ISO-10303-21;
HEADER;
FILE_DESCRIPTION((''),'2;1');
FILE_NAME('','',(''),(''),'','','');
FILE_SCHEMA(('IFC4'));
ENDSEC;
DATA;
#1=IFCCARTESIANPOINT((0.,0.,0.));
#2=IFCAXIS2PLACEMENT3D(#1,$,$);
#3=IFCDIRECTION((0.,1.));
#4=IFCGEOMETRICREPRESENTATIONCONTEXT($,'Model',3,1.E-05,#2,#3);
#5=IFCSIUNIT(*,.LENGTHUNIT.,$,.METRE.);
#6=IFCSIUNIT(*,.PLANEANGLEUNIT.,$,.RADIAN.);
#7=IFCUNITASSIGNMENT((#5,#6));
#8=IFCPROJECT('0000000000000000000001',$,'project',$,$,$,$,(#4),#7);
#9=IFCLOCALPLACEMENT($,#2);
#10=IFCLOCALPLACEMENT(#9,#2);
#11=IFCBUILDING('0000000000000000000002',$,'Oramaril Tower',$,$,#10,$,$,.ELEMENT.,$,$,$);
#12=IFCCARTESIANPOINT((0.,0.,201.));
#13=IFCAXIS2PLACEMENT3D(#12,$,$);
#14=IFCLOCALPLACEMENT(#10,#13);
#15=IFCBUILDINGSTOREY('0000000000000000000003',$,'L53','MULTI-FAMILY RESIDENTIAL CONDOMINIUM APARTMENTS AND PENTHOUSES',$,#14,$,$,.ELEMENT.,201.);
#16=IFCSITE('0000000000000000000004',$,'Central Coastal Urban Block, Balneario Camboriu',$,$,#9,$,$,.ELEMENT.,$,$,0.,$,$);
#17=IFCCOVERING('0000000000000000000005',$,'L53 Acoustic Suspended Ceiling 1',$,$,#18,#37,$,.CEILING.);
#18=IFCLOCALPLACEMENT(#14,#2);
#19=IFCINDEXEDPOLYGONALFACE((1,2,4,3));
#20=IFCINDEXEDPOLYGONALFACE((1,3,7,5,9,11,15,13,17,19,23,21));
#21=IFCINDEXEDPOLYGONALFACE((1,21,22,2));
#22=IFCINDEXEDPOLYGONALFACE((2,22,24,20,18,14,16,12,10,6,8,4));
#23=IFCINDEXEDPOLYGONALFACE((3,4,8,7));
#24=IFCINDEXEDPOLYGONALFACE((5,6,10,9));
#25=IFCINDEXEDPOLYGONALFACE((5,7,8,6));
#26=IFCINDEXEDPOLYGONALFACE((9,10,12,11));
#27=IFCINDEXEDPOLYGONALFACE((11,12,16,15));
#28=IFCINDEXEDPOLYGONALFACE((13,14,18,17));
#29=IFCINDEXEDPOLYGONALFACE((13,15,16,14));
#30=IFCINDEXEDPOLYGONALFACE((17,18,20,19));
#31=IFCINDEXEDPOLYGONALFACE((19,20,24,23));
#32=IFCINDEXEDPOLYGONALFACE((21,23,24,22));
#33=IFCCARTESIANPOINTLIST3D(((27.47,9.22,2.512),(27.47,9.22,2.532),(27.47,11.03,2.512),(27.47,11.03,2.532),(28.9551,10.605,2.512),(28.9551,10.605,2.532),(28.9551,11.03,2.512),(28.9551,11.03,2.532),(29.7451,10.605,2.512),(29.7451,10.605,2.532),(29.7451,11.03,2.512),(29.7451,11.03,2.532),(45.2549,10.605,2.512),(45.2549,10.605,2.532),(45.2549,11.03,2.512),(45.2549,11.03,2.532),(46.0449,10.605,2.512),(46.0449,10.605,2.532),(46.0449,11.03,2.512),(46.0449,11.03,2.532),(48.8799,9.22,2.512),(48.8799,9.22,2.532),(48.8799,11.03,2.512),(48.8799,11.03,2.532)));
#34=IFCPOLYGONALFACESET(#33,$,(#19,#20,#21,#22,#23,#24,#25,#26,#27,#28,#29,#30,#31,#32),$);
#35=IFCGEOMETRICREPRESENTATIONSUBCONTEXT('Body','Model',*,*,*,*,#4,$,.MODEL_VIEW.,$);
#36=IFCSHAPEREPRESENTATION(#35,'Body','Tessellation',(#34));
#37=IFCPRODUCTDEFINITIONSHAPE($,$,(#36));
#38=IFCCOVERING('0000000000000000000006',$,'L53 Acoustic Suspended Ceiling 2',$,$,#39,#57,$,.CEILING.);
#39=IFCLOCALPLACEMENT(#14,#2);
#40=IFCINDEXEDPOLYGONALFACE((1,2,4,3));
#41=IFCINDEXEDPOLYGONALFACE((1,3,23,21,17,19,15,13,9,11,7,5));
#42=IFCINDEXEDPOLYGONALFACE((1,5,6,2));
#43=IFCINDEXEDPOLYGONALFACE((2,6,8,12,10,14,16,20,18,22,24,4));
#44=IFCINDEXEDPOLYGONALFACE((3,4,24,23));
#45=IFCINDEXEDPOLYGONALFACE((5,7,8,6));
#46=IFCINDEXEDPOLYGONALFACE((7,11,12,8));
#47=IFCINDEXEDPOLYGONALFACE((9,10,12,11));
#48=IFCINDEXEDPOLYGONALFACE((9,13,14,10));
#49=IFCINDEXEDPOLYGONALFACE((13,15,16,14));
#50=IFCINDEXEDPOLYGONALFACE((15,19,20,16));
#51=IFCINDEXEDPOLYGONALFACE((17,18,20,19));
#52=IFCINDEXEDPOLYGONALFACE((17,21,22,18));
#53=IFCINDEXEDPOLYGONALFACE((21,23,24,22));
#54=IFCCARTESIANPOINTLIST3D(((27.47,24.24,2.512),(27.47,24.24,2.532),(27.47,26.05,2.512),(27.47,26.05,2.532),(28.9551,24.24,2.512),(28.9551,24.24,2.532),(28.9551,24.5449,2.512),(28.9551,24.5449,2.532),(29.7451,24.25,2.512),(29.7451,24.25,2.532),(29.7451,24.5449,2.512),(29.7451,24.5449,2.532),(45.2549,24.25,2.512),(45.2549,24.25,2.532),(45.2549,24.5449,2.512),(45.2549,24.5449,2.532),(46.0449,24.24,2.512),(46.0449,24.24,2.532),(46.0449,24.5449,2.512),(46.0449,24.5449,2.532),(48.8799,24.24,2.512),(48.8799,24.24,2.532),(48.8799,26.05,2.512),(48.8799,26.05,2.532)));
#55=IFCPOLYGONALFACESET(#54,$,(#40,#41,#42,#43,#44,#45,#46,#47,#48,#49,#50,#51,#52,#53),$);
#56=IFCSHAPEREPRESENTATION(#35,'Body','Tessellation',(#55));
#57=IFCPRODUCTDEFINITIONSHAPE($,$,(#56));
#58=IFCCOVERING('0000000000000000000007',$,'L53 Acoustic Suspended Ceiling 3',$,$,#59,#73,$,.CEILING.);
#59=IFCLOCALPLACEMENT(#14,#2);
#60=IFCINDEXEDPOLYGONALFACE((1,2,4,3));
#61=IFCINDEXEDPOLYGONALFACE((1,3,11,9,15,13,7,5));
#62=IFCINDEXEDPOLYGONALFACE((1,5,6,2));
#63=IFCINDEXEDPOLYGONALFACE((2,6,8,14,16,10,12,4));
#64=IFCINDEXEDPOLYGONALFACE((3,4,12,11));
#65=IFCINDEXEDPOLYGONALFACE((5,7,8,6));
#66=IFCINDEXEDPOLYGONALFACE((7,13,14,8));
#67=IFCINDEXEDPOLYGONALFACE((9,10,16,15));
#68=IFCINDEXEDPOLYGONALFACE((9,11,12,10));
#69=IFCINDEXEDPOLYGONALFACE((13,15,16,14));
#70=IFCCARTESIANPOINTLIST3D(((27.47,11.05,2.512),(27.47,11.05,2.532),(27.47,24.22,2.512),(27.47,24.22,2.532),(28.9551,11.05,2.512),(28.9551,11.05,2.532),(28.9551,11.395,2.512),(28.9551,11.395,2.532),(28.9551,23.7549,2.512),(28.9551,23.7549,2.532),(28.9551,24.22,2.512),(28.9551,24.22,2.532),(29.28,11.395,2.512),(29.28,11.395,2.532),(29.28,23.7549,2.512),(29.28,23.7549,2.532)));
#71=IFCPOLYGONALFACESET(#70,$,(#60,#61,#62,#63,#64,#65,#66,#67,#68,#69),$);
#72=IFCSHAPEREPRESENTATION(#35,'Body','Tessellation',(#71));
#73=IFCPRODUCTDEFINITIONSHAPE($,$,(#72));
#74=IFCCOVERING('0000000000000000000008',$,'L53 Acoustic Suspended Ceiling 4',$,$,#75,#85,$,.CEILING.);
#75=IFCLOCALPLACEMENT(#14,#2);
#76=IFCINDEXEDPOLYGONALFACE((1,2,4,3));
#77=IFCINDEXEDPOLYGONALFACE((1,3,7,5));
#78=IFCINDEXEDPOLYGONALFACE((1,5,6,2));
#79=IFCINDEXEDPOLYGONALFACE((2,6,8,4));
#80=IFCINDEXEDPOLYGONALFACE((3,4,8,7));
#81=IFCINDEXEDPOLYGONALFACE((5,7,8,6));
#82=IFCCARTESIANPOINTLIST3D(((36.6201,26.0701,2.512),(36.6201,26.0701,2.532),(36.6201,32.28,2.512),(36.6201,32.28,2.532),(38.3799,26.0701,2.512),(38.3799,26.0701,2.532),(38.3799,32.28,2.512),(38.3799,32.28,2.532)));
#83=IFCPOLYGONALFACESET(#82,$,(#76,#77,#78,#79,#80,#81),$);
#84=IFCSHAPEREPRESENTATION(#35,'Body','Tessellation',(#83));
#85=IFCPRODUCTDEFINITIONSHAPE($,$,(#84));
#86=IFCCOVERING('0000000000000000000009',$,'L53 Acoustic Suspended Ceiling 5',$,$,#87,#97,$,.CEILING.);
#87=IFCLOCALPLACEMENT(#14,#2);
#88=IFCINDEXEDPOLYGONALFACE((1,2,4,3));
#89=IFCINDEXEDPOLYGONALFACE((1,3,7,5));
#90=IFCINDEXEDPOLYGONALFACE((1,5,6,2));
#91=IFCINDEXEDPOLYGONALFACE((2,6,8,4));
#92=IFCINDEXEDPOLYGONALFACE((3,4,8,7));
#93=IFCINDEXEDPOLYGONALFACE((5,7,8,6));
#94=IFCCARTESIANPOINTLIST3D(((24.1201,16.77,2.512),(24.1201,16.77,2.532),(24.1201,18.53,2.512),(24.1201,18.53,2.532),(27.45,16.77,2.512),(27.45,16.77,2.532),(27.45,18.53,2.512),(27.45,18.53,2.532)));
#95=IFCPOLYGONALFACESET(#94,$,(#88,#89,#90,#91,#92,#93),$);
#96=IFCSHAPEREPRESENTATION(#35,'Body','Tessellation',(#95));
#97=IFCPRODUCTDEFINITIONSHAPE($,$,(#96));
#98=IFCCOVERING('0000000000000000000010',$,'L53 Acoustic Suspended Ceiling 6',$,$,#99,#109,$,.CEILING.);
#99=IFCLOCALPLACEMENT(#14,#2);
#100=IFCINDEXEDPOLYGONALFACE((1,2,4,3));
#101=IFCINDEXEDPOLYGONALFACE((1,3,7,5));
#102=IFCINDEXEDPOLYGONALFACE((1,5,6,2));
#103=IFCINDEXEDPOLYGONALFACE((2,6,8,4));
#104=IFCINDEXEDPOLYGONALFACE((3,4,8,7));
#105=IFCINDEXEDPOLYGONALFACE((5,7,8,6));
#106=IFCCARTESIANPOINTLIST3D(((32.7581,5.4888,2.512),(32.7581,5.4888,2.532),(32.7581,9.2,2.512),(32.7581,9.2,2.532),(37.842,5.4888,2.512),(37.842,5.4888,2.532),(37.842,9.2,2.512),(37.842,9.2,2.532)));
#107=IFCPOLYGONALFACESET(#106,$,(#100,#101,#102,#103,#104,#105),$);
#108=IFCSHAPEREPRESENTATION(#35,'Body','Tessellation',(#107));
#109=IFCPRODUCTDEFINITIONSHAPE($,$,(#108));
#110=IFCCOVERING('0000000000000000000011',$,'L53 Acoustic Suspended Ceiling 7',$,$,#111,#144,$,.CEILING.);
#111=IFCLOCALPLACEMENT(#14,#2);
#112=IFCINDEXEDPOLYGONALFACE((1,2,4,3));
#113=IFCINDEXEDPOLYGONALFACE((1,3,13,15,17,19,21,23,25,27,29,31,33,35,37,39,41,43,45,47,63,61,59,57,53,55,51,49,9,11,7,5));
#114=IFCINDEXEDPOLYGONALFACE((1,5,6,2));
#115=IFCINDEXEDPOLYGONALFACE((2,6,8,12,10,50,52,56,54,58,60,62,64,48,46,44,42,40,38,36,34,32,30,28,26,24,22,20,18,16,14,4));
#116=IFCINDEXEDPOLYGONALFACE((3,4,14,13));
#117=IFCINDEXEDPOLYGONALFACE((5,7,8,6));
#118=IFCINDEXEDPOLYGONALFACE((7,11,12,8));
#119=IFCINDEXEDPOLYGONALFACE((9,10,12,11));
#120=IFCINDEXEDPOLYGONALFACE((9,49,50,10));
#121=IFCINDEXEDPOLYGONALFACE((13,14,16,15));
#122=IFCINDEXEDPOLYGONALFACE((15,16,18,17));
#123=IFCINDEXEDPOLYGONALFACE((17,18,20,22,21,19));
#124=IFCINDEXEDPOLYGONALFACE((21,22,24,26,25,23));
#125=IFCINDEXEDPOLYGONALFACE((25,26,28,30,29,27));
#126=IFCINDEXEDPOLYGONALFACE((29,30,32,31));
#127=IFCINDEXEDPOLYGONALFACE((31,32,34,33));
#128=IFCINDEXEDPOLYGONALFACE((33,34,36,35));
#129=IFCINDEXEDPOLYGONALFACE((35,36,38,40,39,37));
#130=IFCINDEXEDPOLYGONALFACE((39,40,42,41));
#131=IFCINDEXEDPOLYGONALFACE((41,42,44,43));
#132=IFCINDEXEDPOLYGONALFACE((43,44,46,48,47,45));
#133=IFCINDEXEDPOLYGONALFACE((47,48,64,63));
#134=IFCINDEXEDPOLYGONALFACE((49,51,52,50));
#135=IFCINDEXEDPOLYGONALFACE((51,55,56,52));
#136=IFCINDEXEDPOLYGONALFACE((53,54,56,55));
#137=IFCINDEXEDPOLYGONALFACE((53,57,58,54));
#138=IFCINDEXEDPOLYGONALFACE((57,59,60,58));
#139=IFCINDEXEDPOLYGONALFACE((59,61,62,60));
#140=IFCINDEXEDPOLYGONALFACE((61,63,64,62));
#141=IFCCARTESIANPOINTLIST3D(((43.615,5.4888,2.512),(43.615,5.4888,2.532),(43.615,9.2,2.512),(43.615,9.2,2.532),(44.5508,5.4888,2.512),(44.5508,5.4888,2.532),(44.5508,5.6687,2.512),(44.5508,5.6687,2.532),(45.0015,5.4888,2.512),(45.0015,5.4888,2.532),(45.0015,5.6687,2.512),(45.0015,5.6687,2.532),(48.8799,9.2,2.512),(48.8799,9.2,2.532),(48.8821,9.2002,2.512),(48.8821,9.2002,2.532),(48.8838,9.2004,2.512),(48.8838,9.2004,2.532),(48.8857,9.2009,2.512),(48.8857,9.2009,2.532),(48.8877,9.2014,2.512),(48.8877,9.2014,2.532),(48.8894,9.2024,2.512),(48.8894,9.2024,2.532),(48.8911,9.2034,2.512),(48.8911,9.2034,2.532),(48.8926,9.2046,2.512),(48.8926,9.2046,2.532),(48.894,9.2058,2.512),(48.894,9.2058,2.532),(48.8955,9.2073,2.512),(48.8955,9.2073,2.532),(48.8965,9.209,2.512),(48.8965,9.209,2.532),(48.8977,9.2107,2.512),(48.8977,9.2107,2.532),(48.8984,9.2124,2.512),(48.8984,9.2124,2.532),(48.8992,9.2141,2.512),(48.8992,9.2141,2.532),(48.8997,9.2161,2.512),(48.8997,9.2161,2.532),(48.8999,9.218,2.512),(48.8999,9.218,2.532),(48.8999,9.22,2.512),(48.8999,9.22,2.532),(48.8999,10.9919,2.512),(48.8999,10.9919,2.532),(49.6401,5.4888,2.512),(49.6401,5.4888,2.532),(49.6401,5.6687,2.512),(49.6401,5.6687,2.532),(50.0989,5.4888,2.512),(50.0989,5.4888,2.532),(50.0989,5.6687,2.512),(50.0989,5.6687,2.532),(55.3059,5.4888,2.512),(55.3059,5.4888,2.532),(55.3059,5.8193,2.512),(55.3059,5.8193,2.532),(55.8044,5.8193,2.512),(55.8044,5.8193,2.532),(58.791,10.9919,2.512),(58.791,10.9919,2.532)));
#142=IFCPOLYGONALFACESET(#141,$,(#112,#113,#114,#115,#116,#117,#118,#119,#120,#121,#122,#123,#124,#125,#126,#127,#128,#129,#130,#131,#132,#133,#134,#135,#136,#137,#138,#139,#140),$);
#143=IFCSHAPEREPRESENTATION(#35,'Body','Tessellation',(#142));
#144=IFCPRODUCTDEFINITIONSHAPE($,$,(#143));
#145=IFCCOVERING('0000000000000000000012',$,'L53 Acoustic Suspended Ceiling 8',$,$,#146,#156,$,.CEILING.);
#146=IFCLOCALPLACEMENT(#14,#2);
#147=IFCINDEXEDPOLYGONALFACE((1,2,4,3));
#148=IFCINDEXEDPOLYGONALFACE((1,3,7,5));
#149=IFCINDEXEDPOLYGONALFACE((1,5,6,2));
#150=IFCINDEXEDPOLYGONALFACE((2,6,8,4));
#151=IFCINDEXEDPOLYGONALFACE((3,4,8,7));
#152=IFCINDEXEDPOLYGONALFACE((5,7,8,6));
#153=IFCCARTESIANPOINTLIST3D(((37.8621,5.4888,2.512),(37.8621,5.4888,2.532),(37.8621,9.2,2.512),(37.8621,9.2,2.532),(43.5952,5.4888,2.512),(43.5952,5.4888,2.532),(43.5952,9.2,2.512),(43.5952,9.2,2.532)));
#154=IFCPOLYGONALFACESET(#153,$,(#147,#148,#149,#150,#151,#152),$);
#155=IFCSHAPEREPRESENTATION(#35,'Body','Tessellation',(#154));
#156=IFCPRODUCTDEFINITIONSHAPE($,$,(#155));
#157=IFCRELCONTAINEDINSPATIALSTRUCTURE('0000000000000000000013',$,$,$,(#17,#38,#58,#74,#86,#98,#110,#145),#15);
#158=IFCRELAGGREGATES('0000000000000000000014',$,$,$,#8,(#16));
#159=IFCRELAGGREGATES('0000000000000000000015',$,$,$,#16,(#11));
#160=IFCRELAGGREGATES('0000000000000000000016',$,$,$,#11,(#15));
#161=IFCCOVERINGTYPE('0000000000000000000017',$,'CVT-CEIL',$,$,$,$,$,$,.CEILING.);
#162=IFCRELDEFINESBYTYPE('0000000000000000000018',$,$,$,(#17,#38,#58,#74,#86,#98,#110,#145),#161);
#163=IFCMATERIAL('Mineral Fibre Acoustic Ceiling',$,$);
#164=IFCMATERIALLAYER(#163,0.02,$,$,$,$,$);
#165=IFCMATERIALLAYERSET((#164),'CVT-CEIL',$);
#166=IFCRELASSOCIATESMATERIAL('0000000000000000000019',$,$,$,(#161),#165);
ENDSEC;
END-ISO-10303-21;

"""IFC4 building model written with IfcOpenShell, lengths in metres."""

from ifc_helpers import new_model, si_unit, direction, frame, origin, place, context, subcontext, project, spatial, polyline, outline, extrude, material, layer, layer_set, type_object, element, save


model = new_model("IFC4")

# Units and contexts
model_context = context("Model", 3, precision=1e-05, world=origin(), true_north=direction((0.0, 1.0)))
body_context = subcontext(model_context, "Body", "Model", "MODEL_VIEW")
ifc_project = project(units=[si_unit("LENGTHUNIT", "METRE"), si_unit("PLANEANGLEUNIT", "RADIAN")], contexts=[model_context])

# Site, building, storey
site_placement = place(None, origin())
site = spatial("IfcSite", under=ifc_project, at=site_placement, Name="Central Coastal Urban Block, Balneario Camboriu", CompositionType="ELEMENT", RefElevation=0.0)
building_placement = place(site_placement, origin())
building = spatial("IfcBuilding", under=site, at=building_placement, Name="Oramaril Tower", CompositionType="ELEMENT")
storey_placement = place(building_placement, frame((0.0, 0.0, 201.0)))
storey = spatial("IfcBuildingStorey", under=building, at=storey_placement, Name="L53", Description="MULTI-FAMILY RESIDENTIAL CONDOMINIUM APARTMENTS AND PENTHOUSES", CompositionType="ELEMENT", Elevation=201.0)

# Coverings
ifc_material_1 = material(Name="Mineral Fibre Acoustic Ceiling")
ifc_layer_1 = layer(ifc_material_1, 0.02)
ifc_layer_set_1 = layer_set([ifc_layer_1], Name="CVT-CEIL")
covering_type_1 = type_object("IfcCoveringType", Name="CVT-CEIL", PredefinedType="CEILING", material=ifc_layer_set_1)
covering_1_placement = place(storey_placement, frame((0.0, 0.0, 2.512)))
element("IfcCovering", 1, at=covering_1_placement, inside=storey, type_object=covering_type_1, Name="L53 Acoustic Suspended Ceiling 1", PredefinedType="CEILING", context=body_context, shape_type="SweptSolid", body=[
    extrude(outline(polyline([(28.9551, 10.605), (29.7451, 10.605), (29.7451, 11.03), (45.2549, 11.03), (45.2549, 10.605), (46.0449, 10.605), (46.0449, 11.03), (48.8799, 11.03), (48.8799, 9.22), (27.47, 9.22), (27.47, 11.03), (28.9551, 11.03), (28.9551, 10.605)])), origin(), (0.0, 0.0, 1.0), 0.02),
])
covering_2_placement = place(storey_placement, frame((0.0, 0.0, 2.512)))
element("IfcCovering", 2, at=covering_2_placement, inside=storey, type_object=covering_type_1, Name="L53 Acoustic Suspended Ceiling 2", PredefinedType="CEILING", context=body_context, shape_type="SweptSolid", body=[
    extrude(outline(polyline([(48.8799, 24.24), (46.0449, 24.24), (46.0449, 24.5449), (45.2549, 24.5449), (45.2549, 24.25), (29.7451, 24.25), (29.7451, 24.5449), (28.9551, 24.5449), (28.9551, 24.24), (27.47, 24.24), (27.47, 26.05), (48.8799, 26.05), (48.8799, 24.24)])), origin(), (0.0, 0.0, 1.0), 0.02),
])
covering_3_placement = place(storey_placement, frame((0.0, 0.0, 2.512)))
element("IfcCovering", 3, at=covering_3_placement, inside=storey, type_object=covering_type_1, Name="L53 Acoustic Suspended Ceiling 3", PredefinedType="CEILING", context=body_context, shape_type="SweptSolid", body=[
    extrude(outline(polyline([(28.9551, 23.7549), (29.28, 23.7549), (29.28, 11.395), (28.9551, 11.395), (28.9551, 11.05), (27.47, 11.05), (27.47, 24.22), (28.9551, 24.22), (28.9551, 23.7549)])), origin(), (0.0, 0.0, 1.0), 0.02),
])
covering_4_placement = place(storey_placement, frame((0.0, 0.0, 2.512)))
element("IfcCovering", 4, at=covering_4_placement, inside=storey, type_object=covering_type_1, Name="L53 Acoustic Suspended Ceiling 4", PredefinedType="CEILING", context=body_context, shape_type="SweptSolid", body=[
    extrude(outline(polyline([(38.3799, 26.0701), (36.6201, 26.0701), (36.6201, 32.28), (38.3799, 32.28), (38.3799, 26.0701)])), origin(), (0.0, 0.0, 1.0), 0.02),
])
covering_5_placement = place(storey_placement, frame((0.0, 0.0, 2.512)))
element("IfcCovering", 5, at=covering_5_placement, inside=storey, type_object=covering_type_1, Name="L53 Acoustic Suspended Ceiling 5", PredefinedType="CEILING", context=body_context, shape_type="SweptSolid", body=[
    extrude(outline(polyline([(24.1201, 16.77), (24.1201, 18.53), (27.45, 18.53), (27.45, 16.77), (24.1201, 16.77)])), origin(), (0.0, 0.0, 1.0), 0.02),
])
covering_6_placement = place(storey_placement, frame((0.0, 0.0, 2.512)))
element("IfcCovering", 6, at=covering_6_placement, inside=storey, type_object=covering_type_1, Name="L53 Acoustic Suspended Ceiling 6", PredefinedType="CEILING", context=body_context, shape_type="SweptSolid", body=[
    extrude(outline(polyline([(37.842, 5.4888), (32.7581, 5.4888), (32.7581, 9.2), (37.842, 9.2), (37.842, 5.4888)])), origin(), (0.0, 0.0, 1.0), 0.02),
])
covering_7_placement = place(storey_placement, frame((0.0, 0.0, 2.512)))
element("IfcCovering", 7, at=covering_7_placement, inside=storey, type_object=covering_type_1, Name="L53 Acoustic Suspended Ceiling 7", PredefinedType="CEILING", context=body_context, shape_type="SweptSolid", body=[
    extrude(outline(polyline([(55.8044, 5.8193), (55.3059, 5.8193), (55.3059, 5.4888), (50.0989, 5.4888), (50.0989, 5.6687), (49.6401, 5.6687), (49.6401, 5.4888), (45.0015, 5.4888), (45.0015, 5.6687), (44.5508, 5.6687), (44.5508, 5.4888), (43.615, 5.4888), (43.615, 9.2), (48.8799, 9.2), (48.8821, 9.2002), (48.8838, 9.2004), (48.8857, 9.2009), (48.8877, 9.2014), (48.8894, 9.2024), (48.8911, 9.2034), (48.8926, 9.2046), (48.894, 9.2058), (48.8955, 9.2073), (48.8965, 9.209), (48.8977, 9.2107), (48.8984, 9.2124), (48.8992, 9.2141), (48.8997, 9.2161), (48.8999, 9.218), (48.8999, 9.22), (48.8999, 10.9919), (58.791, 10.9919), (55.8044, 5.8193)])), origin(), (0.0, 0.0, 1.0), 0.02),
])
covering_8_placement = place(storey_placement, frame((0.0, 0.0, 2.512)))
element("IfcCovering", 8, at=covering_8_placement, inside=storey, type_object=covering_type_1, Name="L53 Acoustic Suspended Ceiling 8", PredefinedType="CEILING", context=body_context, shape_type="SweptSolid", body=[
    extrude(outline(polyline([(37.8621, 5.4888), (37.8621, 9.2), (43.5952, 9.2), (43.5952, 5.4888), (37.8621, 5.4888)])), origin(), (0.0, 0.0, 1.0), 0.02),
])

save(model, "model.ifc")
